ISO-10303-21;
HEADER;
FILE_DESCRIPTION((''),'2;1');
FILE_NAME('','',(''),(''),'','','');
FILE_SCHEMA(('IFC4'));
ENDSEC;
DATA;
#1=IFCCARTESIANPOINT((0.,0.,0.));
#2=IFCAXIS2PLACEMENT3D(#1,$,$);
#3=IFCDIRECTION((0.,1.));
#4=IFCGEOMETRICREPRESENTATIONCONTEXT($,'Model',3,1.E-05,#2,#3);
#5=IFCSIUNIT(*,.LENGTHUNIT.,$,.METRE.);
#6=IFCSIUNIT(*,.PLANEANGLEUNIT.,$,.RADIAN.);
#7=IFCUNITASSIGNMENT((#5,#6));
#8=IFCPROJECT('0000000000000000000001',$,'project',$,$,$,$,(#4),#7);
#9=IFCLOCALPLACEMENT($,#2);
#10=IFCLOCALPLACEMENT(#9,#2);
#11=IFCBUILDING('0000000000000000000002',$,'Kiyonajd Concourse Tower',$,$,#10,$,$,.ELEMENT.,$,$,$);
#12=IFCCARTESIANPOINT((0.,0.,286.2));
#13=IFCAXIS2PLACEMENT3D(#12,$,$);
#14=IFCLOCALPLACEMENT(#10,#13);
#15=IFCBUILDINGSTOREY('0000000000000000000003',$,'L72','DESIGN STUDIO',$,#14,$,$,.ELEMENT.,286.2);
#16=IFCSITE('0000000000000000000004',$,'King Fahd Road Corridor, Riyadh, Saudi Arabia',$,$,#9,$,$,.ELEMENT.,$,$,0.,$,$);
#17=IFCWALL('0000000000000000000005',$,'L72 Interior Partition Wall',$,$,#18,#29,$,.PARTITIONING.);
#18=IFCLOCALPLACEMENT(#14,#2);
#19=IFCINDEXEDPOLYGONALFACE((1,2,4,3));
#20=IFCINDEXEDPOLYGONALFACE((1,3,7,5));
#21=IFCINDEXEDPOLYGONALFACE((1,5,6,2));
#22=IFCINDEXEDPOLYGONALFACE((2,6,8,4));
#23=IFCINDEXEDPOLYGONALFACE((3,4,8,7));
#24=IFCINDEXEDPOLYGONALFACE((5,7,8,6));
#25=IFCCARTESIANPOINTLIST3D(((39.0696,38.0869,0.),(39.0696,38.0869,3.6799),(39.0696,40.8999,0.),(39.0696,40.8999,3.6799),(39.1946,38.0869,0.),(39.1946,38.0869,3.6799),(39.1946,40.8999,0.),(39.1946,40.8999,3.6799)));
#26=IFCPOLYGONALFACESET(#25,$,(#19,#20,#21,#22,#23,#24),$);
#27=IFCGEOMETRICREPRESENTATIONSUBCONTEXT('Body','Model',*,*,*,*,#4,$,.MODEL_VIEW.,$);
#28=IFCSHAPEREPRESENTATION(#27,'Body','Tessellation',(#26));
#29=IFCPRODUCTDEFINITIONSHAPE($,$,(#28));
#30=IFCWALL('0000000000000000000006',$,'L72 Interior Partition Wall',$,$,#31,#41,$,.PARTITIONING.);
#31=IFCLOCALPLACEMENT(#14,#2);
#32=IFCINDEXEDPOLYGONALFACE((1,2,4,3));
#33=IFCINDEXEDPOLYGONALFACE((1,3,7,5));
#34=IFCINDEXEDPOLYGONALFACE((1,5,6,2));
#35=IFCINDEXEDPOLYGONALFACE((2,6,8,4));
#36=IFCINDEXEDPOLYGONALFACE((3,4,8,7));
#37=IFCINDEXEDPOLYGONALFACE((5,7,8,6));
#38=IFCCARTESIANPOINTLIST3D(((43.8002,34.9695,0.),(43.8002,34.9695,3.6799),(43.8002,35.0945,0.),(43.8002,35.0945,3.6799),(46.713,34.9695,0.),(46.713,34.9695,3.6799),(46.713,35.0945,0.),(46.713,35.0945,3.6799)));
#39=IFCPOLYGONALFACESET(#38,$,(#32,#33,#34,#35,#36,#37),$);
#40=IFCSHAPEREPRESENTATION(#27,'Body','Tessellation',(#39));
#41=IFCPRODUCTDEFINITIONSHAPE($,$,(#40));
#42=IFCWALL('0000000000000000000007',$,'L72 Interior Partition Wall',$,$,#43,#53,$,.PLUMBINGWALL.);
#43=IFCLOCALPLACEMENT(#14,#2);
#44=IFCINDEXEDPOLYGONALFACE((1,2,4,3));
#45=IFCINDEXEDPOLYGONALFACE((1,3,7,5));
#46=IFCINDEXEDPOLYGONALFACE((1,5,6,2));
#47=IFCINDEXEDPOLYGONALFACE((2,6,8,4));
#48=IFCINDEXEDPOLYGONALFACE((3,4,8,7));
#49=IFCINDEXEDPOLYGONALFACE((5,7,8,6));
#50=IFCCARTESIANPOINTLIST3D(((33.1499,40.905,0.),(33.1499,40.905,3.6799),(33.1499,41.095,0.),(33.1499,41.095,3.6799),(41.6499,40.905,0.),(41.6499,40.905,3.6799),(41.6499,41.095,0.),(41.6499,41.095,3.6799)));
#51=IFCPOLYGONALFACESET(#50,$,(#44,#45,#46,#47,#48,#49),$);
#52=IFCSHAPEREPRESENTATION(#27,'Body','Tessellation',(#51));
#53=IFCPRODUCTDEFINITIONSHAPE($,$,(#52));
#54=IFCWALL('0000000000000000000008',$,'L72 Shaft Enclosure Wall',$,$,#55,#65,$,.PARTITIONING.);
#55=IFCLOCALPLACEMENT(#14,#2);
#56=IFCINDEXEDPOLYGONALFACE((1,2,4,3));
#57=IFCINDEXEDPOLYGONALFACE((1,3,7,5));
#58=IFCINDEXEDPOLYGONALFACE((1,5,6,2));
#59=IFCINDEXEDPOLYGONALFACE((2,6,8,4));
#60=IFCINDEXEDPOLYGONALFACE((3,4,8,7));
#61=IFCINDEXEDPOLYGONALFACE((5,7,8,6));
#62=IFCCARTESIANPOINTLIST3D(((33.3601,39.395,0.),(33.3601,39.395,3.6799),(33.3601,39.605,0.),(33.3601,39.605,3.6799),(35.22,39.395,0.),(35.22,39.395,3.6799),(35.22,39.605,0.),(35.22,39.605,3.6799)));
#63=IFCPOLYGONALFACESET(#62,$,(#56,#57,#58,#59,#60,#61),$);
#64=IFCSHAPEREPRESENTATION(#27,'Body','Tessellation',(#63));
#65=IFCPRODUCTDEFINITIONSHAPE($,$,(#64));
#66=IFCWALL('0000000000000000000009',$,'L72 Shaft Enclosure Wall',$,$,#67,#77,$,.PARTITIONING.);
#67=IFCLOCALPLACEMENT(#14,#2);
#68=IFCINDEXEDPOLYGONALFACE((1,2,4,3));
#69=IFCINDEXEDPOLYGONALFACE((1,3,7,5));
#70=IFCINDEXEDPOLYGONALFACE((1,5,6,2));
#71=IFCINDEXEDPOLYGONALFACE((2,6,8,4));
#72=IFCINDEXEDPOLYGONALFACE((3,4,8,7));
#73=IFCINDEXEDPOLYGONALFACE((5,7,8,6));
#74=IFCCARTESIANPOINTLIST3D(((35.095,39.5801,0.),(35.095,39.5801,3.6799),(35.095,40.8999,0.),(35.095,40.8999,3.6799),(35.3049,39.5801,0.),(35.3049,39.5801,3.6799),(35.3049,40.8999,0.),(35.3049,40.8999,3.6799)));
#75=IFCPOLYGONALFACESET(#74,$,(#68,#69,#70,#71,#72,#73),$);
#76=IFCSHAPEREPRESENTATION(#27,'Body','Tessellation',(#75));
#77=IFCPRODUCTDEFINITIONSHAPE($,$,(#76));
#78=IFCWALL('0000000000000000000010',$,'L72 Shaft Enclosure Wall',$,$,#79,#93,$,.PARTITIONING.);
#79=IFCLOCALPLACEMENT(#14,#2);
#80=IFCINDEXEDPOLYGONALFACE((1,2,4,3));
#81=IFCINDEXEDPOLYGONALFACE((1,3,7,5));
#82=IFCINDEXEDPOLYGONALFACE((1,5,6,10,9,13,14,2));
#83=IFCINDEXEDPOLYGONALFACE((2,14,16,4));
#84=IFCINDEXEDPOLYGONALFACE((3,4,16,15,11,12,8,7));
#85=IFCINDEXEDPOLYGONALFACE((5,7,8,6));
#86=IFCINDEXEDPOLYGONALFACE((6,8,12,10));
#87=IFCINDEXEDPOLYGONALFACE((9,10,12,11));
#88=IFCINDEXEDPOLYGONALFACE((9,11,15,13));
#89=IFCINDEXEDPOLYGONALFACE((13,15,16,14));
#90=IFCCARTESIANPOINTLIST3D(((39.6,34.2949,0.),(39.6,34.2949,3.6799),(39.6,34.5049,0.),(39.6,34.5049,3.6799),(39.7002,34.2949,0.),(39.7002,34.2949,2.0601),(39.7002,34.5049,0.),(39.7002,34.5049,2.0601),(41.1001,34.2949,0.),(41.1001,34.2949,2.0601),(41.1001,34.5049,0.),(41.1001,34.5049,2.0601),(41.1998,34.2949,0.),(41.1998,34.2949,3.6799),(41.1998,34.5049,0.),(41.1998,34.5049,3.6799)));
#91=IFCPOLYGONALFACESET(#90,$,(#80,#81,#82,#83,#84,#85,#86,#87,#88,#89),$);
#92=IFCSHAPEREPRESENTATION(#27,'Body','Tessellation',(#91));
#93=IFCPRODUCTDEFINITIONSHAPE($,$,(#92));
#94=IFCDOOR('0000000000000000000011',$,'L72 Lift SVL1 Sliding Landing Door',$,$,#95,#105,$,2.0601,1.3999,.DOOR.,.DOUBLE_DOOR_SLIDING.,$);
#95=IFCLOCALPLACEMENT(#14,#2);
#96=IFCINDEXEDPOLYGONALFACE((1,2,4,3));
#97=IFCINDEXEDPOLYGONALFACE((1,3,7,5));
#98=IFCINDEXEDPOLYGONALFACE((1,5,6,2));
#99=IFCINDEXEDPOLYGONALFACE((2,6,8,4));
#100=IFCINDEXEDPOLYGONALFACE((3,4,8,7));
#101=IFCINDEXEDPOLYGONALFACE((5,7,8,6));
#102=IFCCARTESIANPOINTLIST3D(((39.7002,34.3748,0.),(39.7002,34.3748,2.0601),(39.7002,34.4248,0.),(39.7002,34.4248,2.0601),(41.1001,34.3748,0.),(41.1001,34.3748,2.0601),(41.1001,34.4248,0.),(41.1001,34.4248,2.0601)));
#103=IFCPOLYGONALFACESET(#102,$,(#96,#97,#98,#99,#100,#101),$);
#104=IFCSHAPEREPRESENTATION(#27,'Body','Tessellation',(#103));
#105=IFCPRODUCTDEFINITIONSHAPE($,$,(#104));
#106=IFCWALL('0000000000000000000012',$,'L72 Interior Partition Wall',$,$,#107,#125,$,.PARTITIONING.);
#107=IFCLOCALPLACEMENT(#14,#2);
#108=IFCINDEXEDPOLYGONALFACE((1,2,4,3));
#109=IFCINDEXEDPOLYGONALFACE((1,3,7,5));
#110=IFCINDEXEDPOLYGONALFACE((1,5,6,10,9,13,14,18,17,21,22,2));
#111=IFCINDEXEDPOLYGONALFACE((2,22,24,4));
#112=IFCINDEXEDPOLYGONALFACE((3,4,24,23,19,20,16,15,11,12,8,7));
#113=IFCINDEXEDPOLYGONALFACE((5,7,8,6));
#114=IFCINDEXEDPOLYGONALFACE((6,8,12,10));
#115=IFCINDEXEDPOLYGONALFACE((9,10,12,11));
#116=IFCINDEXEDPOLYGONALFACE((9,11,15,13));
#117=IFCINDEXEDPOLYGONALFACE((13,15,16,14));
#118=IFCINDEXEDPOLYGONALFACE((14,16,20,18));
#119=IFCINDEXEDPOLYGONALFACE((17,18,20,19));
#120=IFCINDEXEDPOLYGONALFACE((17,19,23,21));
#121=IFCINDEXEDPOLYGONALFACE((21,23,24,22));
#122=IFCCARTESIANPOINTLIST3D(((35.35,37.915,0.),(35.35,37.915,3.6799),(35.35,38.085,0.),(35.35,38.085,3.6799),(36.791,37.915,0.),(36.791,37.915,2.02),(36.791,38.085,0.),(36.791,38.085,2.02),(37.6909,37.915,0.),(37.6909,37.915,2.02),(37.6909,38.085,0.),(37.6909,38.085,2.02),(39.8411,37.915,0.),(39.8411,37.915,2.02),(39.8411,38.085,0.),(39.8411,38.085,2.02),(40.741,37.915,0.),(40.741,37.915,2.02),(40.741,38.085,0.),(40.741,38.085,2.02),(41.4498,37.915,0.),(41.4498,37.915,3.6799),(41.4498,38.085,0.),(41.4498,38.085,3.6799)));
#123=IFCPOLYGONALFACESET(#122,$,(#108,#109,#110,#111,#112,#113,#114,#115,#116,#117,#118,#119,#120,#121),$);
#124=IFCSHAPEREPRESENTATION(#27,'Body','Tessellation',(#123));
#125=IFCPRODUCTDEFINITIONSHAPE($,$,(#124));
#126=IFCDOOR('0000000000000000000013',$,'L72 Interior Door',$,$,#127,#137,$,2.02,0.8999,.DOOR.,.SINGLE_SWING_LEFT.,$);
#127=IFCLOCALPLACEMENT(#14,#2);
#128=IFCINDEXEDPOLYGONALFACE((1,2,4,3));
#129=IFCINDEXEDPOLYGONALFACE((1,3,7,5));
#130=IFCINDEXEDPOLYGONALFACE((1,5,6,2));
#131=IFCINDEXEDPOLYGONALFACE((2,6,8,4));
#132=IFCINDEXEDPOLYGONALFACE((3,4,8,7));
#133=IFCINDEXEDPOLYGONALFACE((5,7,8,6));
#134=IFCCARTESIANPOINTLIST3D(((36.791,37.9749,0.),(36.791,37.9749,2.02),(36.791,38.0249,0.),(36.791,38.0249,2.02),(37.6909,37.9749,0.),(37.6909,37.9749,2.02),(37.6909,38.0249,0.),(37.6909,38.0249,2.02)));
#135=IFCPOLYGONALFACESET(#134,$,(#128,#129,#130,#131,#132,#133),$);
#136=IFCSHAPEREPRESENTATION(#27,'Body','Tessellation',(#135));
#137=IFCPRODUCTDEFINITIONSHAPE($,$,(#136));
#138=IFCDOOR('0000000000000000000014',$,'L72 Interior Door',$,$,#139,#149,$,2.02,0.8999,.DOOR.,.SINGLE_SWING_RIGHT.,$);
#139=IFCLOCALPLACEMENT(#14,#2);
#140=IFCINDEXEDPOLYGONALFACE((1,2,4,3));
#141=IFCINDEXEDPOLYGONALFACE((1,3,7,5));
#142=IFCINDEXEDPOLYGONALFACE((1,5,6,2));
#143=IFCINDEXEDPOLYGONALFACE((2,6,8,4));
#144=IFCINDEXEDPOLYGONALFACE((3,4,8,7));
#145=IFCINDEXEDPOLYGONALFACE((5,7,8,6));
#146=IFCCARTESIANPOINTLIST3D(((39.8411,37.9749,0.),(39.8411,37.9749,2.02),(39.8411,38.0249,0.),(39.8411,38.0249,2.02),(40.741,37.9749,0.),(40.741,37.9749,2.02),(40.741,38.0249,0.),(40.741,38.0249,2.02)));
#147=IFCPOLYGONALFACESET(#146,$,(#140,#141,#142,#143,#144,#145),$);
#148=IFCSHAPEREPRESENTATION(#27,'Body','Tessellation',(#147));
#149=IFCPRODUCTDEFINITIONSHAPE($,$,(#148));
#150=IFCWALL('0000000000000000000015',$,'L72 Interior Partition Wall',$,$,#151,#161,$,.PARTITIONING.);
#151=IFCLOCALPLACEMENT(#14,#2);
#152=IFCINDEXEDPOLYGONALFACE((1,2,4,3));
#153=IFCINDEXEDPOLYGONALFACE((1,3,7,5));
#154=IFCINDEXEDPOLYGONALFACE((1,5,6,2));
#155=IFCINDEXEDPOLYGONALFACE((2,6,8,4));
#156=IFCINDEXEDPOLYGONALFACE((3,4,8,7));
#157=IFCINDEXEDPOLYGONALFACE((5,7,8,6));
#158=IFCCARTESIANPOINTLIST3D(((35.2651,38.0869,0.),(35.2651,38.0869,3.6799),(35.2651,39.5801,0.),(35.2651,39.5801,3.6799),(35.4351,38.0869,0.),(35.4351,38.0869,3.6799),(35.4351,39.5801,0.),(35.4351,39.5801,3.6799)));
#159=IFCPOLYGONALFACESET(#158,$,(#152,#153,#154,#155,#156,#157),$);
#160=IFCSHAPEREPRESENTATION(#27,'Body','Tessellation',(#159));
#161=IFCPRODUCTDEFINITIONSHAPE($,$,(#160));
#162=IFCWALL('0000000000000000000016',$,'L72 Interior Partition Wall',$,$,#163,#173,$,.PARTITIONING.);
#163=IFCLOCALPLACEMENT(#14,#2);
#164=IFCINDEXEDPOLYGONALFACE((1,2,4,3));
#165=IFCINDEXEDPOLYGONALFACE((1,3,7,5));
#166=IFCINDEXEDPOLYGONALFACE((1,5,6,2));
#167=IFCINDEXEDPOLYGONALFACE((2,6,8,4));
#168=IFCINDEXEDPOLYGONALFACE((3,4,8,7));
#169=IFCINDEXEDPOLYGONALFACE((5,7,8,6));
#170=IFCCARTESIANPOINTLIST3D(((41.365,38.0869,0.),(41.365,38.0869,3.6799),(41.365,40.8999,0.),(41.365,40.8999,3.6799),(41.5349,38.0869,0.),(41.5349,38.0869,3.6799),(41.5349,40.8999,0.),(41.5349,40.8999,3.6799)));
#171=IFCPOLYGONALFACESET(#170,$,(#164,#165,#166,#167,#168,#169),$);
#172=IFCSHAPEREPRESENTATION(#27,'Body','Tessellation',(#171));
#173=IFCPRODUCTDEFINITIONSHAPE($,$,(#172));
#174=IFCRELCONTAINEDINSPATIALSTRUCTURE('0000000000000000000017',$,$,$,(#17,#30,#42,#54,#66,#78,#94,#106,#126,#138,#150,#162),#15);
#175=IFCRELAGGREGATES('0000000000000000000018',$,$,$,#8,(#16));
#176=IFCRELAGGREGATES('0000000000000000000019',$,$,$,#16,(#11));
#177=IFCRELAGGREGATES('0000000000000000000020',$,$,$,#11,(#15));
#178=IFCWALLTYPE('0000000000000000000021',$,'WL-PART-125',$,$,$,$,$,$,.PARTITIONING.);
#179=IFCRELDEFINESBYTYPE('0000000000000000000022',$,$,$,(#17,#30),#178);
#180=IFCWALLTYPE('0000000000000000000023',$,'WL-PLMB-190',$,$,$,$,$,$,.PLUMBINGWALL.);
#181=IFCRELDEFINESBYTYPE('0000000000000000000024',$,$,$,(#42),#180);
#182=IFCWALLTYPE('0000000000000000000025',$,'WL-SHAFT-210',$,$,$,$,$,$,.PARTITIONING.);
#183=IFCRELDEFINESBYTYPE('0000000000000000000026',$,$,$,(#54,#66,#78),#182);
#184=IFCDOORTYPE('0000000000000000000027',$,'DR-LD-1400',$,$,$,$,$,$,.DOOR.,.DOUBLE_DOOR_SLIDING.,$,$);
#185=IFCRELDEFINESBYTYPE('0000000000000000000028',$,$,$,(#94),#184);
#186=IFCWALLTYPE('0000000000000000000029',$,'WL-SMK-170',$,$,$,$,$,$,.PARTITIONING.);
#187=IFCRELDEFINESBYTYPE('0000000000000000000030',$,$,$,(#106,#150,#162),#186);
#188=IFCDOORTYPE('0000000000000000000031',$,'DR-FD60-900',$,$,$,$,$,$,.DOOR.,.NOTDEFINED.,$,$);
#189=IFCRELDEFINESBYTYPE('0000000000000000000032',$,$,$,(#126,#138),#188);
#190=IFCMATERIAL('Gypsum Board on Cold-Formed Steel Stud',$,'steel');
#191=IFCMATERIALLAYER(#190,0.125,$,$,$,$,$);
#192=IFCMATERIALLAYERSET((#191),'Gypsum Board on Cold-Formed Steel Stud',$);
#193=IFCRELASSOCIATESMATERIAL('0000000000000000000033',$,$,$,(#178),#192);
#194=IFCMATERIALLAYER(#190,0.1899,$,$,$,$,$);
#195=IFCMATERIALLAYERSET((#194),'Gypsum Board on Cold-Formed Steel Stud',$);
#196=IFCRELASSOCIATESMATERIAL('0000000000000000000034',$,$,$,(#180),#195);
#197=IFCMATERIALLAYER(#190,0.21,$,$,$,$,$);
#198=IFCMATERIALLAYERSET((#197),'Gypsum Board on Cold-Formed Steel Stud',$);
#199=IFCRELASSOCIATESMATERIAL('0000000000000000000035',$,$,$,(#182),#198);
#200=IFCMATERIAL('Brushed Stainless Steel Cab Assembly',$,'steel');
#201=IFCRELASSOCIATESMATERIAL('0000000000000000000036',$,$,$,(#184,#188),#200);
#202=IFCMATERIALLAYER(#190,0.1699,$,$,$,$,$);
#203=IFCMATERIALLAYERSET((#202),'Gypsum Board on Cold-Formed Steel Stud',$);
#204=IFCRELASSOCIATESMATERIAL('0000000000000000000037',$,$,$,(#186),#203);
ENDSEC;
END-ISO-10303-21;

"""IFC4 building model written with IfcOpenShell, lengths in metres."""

from ifc_helpers import new_model, si_unit, direction, frame, frame_2d, origin, place, context, subcontext, project, spatial, rectangle, extrude, material, layer, layer_set, type_object, element, fill, save


model = new_model("IFC4")

# Units and contexts
model_context = context("Model", 3, precision=1e-05, world=origin(), true_north=direction((0.0, 1.0)))
body_context = subcontext(model_context, "Body", "Model", "MODEL_VIEW")
ifc_project = project(units=[si_unit("LENGTHUNIT", "METRE"), si_unit("PLANEANGLEUNIT", "RADIAN")], contexts=[model_context])

# Site, building, storey
site_placement = place(None, origin())
site = spatial("IfcSite", under=ifc_project, at=site_placement, Name="King Fahd Road Corridor, Riyadh, Saudi Arabia", CompositionType="ELEMENT", RefElevation=0.0)
building_placement = place(site_placement, origin())
building = spatial("IfcBuilding", under=site, at=building_placement, Name="Kiyonajd Concourse Tower", CompositionType="ELEMENT")
storey_placement = place(building_placement, frame((0.0, 0.0, 286.2)))
storey = spatial("IfcBuildingStorey", under=building, at=storey_placement, Name="L72", Description="DESIGN STUDIO", CompositionType="ELEMENT", Elevation=286.2)

# Walls
ifc_material_1 = material(Name="Gypsum Board on Cold-Formed Steel Stud", Category="steel")
ifc_layer_1 = layer(ifc_material_1, 0.125)
ifc_layer_set_1 = layer_set([ifc_layer_1], Name="Gypsum Board on Cold-Formed Steel Stud")
wall_type_1 = type_object("IfcWallType", Name="WL-PART-125", PredefinedType="PARTITIONING", material=ifc_layer_set_1)
wall_1_placement = place(storey_placement, frame((39.1321, 38.0869, 0.0), z_axis=(0.0, 0.0, 1.0), x_axis=(0.0, 1.0, 0.0)))
element("IfcWall", 1, at=wall_1_placement, inside=storey, type_object=wall_type_1, Name="L72 Interior Partition Wall", PredefinedType="PARTITIONING", context=body_context, shape_type="SweptSolid", body=[
    extrude(rectangle(XDim=2.813, YDim=0.125, at=frame_2d((1.4065, 0.0))), origin(), (0.0, 0.0, 1.0), 3.6799),
])
wall_2_placement = place(storey_placement, frame((43.8, 35.032, 0.0), z_axis=(0.0, 0.0, 1.0), x_axis=(1.0, 0.0, 0.0)))
element("IfcWall", 2, at=wall_2_placement, inside=storey, type_object=wall_type_1, Name="L72 Interior Partition Wall", PredefinedType="PARTITIONING", context=body_context, shape_type="SweptSolid", body=[
    extrude(rectangle(XDim=2.9128, YDim=0.125, at=frame_2d((1.4565, 0.0))), origin(), (0.0, 0.0, 1.0), 3.6799),
])
ifc_layer_2 = layer(ifc_material_1, 0.1899)
ifc_layer_set_2 = layer_set([ifc_layer_2], Name="Gypsum Board on Cold-Formed Steel Stud")
wall_type_2 = type_object("IfcWallType", Name="WL-PLMB-190", PredefinedType="PLUMBINGWALL", material=ifc_layer_set_2)
wall_3_placement = place(storey_placement, frame((33.1499, 41.0, 0.0), z_axis=(0.0, 0.0, 1.0), x_axis=(1.0, 0.0, 0.0)))
element("IfcWall", 3, at=wall_3_placement, inside=storey, type_object=wall_type_2, Name="L72 Interior Partition Wall", PredefinedType="PLUMBINGWALL", context=body_context, shape_type="SweptSolid", body=[
    extrude(rectangle(XDim=8.5, YDim=0.1899, at=frame_2d((4.25, 0.0))), origin(), (0.0, 0.0, 1.0), 3.6799),
])
ifc_layer_3 = layer(ifc_material_1, 0.21)
ifc_layer_set_3 = layer_set([ifc_layer_3], Name="Gypsum Board on Cold-Formed Steel Stud")
wall_type_3 = type_object("IfcWallType", Name="WL-SHAFT-210", PredefinedType="PARTITIONING", material=ifc_layer_set_3)
wall_4_placement = place(storey_placement, frame((33.3601, 39.5, 0.0), z_axis=(0.0, 0.0, 1.0), x_axis=(1.0, 0.0, 0.0)))
element("IfcWall", 4, at=wall_4_placement, inside=storey, type_object=wall_type_3, Name="L72 Shaft Enclosure Wall", PredefinedType="PARTITIONING", context=body_context, shape_type="SweptSolid", body=[
    extrude(rectangle(XDim=1.8599, YDim=0.21, at=frame_2d((0.9299, 0.0))), origin(), (0.0, 0.0, 1.0), 3.6799),
])
wall_5_placement = place(storey_placement, frame((35.2, 39.5801, 0.0), z_axis=(0.0, 0.0, 1.0), x_axis=(0.0, 1.0, 0.0)))
element("IfcWall", 5, at=wall_5_placement, inside=storey, type_object=wall_type_3, Name="L72 Shaft Enclosure Wall", PredefinedType="PARTITIONING", context=body_context, shape_type="SweptSolid", body=[
    extrude(rectangle(XDim=1.3198, YDim=0.21, at=frame_2d((0.6599, 0.0))), origin(), (0.0, 0.0, 1.0), 3.6799),
])

# Wall, opening, door
wall_6_placement = place(storey_placement, frame((39.6001, 34.3999, 0.0), z_axis=(0.0, 0.0, 1.0), x_axis=(1.0, 0.0, 0.0)))
wall_6 = element("IfcWall", 6, at=wall_6_placement, inside=storey, type_object=wall_type_3, Name="L72 Shaft Enclosure Wall", PredefinedType="PARTITIONING", context=body_context, shape_type="SweptSolid", body=[
    extrude(rectangle(XDim=1.5999, YDim=0.21, at=frame_2d((0.7998, 0.0))), origin(), (0.0, 0.0, 1.0), 3.6799),
])
opening_1_placement = place(wall_6_placement, frame((0.1001, 0.0, 0.0)))
opening_1 = element("IfcOpeningElement", 7, at=opening_1_placement, cuts=wall_6, PredefinedType="OPENING", context=body_context, shape_type="SweptSolid", body=[
    extrude(rectangle(XDim=1.3999, YDim=2.0601, at=frame_2d((0.7, 1.03))), frame((0.0, 0.115, 0.0), z_axis=(0.0, -1.0, 0.0), x_axis=(1.0, 0.0, 0.0)), (0.0, 0.0, 1.0), 0.23),
])
ifc_material_2 = material(Name="Brushed Stainless Steel Cab Assembly", Category="steel")
door_type_1 = type_object("IfcDoorType", Name="DR-LD-1400", OperationType="DOUBLE_DOOR_SLIDING", PredefinedType="DOOR", material=ifc_material_2)
door_1_placement = place(opening_1_placement, origin())
door_1 = element("IfcDoor", 8, at=door_1_placement, inside=storey, type_object=door_type_1, Name="L72 Lift SVL1 Sliding Landing Door", OperationType="DOUBLE_DOOR_SLIDING", OverallHeight=2.0601, OverallWidth=1.3999, PredefinedType="DOOR", context=body_context, shape_type="SweptSolid", body=[
    extrude(rectangle(XDim=1.3999, YDim=2.0601, at=frame_2d((0.7, 1.03))), frame((0.0, 0.0249, 0.0), z_axis=(0.0, -1.0, 0.0), x_axis=(1.0, 0.0, 0.0)), (0.0, 0.0, 1.0), 0.05),
])
fill(opening_1, door_1)

# Wall, openings, doors
ifc_layer_4 = layer(ifc_material_1, 0.1699)
ifc_layer_set_4 = layer_set([ifc_layer_4], Name="Gypsum Board on Cold-Formed Steel Stud")
wall_type_4 = type_object("IfcWallType", Name="WL-SMK-170", PredefinedType="PARTITIONING", material=ifc_layer_set_4)
wall_7_placement = place(storey_placement, frame((35.3501, 38.0, 0.0), z_axis=(0.0, 0.0, 1.0), x_axis=(1.0, 0.0, 0.0)))
wall_7 = element("IfcWall", 9, at=wall_7_placement, inside=storey, type_object=wall_type_4, Name="L72 Interior Partition Wall", PredefinedType="PARTITIONING", context=body_context, shape_type="SweptSolid", body=[
    extrude(rectangle(XDim=6.0999, YDim=0.1699, at=frame_2d((3.0498, 0.0))), origin(), (0.0, 0.0, 1.0), 3.6799),
])
opening_2_placement = place(wall_7_placement, frame((1.4409, 0.0, 0.0)))
opening_2 = element("IfcOpeningElement", 10, at=opening_2_placement, cuts=wall_7, PredefinedType="OPENING", context=body_context, shape_type="SweptSolid", body=[
    extrude(rectangle(XDim=0.8999, YDim=2.02, at=frame_2d((0.45, 1.01))), frame((0.0, 0.095, 0.0), z_axis=(0.0, -1.0, 0.0), x_axis=(1.0, 0.0, 0.0)), (0.0, 0.0, 1.0), 0.1899),
])
opening_3_placement = place(wall_7_placement, frame((4.491, 0.0, 0.0)))
opening_3 = element("IfcOpeningElement", 11, at=opening_3_placement, cuts=wall_7, PredefinedType="OPENING", context=body_context, shape_type="SweptSolid", body=[
    extrude(rectangle(XDim=0.8999, YDim=2.02, at=frame_2d((0.45, 1.01))), frame((0.0, 0.095, 0.0), z_axis=(0.0, -1.0, 0.0), x_axis=(1.0, 0.0, 0.0)), (0.0, 0.0, 1.0), 0.1899),
])
door_type_2 = type_object("IfcDoorType", Name="DR-FD60-900", OperationType="NOTDEFINED", PredefinedType="DOOR", material=ifc_material_2)
door_2_placement = place(opening_2_placement, origin())
door_2 = element("IfcDoor", 12, at=door_2_placement, inside=storey, type_object=door_type_2, Name="L72 Interior Door", OperationType="SINGLE_SWING_LEFT", OverallHeight=2.02, OverallWidth=0.8999, PredefinedType="DOOR", context=body_context, shape_type="SweptSolid", body=[
    extrude(rectangle(XDim=0.8999, YDim=2.02, at=frame_2d((0.45, 1.01))), frame((0.0, 0.0249, 0.0), z_axis=(0.0, -1.0, 0.0), x_axis=(1.0, 0.0, 0.0)), (0.0, 0.0, 1.0), 0.05),
])
fill(opening_2, door_2)
door_3_placement = place(opening_3_placement, origin())
door_3 = element("IfcDoor", 13, at=door_3_placement, inside=storey, type_object=door_type_2, Name="L72 Interior Door", OperationType="SINGLE_SWING_RIGHT", OverallHeight=2.02, OverallWidth=0.8999, PredefinedType="DOOR", context=body_context, shape_type="SweptSolid", body=[
    extrude(rectangle(XDim=0.8999, YDim=2.02, at=frame_2d((0.45, 1.01))), frame((0.0, 0.0249, 0.0), z_axis=(0.0, -1.0, 0.0), x_axis=(1.0, 0.0, 0.0)), (0.0, 0.0, 1.0), 0.05),
])
fill(opening_3, door_3)

# Walls
wall_8_placement = place(storey_placement, frame((35.3501, 38.0869, 0.0), z_axis=(0.0, 0.0, 1.0), x_axis=(0.0, 1.0, 0.0)))
element("IfcWall", 14, at=wall_8_placement, inside=storey, type_object=wall_type_4, Name="L72 Interior Partition Wall", PredefinedType="PARTITIONING", context=body_context, shape_type="SweptSolid", body=[
    extrude(rectangle(XDim=1.4932, YDim=0.1699, at=frame_2d((0.7466, 0.0))), origin(), (0.0, 0.0, 1.0), 3.6799),
])
wall_9_placement = place(storey_placement, frame((41.45, 38.0869, 0.0), z_axis=(0.0, 0.0, 1.0), x_axis=(0.0, 1.0, 0.0)))
element("IfcWall", 15, at=wall_9_placement, inside=storey, type_object=wall_type_4, Name="L72 Interior Partition Wall", PredefinedType="PARTITIONING", context=body_context, shape_type="SweptSolid", body=[
    extrude(rectangle(XDim=2.813, YDim=0.1699, at=frame_2d((1.4065, 0.0))), origin(), (0.0, 0.0, 1.0), 3.6799),
])

save(model, "model.ifc")
